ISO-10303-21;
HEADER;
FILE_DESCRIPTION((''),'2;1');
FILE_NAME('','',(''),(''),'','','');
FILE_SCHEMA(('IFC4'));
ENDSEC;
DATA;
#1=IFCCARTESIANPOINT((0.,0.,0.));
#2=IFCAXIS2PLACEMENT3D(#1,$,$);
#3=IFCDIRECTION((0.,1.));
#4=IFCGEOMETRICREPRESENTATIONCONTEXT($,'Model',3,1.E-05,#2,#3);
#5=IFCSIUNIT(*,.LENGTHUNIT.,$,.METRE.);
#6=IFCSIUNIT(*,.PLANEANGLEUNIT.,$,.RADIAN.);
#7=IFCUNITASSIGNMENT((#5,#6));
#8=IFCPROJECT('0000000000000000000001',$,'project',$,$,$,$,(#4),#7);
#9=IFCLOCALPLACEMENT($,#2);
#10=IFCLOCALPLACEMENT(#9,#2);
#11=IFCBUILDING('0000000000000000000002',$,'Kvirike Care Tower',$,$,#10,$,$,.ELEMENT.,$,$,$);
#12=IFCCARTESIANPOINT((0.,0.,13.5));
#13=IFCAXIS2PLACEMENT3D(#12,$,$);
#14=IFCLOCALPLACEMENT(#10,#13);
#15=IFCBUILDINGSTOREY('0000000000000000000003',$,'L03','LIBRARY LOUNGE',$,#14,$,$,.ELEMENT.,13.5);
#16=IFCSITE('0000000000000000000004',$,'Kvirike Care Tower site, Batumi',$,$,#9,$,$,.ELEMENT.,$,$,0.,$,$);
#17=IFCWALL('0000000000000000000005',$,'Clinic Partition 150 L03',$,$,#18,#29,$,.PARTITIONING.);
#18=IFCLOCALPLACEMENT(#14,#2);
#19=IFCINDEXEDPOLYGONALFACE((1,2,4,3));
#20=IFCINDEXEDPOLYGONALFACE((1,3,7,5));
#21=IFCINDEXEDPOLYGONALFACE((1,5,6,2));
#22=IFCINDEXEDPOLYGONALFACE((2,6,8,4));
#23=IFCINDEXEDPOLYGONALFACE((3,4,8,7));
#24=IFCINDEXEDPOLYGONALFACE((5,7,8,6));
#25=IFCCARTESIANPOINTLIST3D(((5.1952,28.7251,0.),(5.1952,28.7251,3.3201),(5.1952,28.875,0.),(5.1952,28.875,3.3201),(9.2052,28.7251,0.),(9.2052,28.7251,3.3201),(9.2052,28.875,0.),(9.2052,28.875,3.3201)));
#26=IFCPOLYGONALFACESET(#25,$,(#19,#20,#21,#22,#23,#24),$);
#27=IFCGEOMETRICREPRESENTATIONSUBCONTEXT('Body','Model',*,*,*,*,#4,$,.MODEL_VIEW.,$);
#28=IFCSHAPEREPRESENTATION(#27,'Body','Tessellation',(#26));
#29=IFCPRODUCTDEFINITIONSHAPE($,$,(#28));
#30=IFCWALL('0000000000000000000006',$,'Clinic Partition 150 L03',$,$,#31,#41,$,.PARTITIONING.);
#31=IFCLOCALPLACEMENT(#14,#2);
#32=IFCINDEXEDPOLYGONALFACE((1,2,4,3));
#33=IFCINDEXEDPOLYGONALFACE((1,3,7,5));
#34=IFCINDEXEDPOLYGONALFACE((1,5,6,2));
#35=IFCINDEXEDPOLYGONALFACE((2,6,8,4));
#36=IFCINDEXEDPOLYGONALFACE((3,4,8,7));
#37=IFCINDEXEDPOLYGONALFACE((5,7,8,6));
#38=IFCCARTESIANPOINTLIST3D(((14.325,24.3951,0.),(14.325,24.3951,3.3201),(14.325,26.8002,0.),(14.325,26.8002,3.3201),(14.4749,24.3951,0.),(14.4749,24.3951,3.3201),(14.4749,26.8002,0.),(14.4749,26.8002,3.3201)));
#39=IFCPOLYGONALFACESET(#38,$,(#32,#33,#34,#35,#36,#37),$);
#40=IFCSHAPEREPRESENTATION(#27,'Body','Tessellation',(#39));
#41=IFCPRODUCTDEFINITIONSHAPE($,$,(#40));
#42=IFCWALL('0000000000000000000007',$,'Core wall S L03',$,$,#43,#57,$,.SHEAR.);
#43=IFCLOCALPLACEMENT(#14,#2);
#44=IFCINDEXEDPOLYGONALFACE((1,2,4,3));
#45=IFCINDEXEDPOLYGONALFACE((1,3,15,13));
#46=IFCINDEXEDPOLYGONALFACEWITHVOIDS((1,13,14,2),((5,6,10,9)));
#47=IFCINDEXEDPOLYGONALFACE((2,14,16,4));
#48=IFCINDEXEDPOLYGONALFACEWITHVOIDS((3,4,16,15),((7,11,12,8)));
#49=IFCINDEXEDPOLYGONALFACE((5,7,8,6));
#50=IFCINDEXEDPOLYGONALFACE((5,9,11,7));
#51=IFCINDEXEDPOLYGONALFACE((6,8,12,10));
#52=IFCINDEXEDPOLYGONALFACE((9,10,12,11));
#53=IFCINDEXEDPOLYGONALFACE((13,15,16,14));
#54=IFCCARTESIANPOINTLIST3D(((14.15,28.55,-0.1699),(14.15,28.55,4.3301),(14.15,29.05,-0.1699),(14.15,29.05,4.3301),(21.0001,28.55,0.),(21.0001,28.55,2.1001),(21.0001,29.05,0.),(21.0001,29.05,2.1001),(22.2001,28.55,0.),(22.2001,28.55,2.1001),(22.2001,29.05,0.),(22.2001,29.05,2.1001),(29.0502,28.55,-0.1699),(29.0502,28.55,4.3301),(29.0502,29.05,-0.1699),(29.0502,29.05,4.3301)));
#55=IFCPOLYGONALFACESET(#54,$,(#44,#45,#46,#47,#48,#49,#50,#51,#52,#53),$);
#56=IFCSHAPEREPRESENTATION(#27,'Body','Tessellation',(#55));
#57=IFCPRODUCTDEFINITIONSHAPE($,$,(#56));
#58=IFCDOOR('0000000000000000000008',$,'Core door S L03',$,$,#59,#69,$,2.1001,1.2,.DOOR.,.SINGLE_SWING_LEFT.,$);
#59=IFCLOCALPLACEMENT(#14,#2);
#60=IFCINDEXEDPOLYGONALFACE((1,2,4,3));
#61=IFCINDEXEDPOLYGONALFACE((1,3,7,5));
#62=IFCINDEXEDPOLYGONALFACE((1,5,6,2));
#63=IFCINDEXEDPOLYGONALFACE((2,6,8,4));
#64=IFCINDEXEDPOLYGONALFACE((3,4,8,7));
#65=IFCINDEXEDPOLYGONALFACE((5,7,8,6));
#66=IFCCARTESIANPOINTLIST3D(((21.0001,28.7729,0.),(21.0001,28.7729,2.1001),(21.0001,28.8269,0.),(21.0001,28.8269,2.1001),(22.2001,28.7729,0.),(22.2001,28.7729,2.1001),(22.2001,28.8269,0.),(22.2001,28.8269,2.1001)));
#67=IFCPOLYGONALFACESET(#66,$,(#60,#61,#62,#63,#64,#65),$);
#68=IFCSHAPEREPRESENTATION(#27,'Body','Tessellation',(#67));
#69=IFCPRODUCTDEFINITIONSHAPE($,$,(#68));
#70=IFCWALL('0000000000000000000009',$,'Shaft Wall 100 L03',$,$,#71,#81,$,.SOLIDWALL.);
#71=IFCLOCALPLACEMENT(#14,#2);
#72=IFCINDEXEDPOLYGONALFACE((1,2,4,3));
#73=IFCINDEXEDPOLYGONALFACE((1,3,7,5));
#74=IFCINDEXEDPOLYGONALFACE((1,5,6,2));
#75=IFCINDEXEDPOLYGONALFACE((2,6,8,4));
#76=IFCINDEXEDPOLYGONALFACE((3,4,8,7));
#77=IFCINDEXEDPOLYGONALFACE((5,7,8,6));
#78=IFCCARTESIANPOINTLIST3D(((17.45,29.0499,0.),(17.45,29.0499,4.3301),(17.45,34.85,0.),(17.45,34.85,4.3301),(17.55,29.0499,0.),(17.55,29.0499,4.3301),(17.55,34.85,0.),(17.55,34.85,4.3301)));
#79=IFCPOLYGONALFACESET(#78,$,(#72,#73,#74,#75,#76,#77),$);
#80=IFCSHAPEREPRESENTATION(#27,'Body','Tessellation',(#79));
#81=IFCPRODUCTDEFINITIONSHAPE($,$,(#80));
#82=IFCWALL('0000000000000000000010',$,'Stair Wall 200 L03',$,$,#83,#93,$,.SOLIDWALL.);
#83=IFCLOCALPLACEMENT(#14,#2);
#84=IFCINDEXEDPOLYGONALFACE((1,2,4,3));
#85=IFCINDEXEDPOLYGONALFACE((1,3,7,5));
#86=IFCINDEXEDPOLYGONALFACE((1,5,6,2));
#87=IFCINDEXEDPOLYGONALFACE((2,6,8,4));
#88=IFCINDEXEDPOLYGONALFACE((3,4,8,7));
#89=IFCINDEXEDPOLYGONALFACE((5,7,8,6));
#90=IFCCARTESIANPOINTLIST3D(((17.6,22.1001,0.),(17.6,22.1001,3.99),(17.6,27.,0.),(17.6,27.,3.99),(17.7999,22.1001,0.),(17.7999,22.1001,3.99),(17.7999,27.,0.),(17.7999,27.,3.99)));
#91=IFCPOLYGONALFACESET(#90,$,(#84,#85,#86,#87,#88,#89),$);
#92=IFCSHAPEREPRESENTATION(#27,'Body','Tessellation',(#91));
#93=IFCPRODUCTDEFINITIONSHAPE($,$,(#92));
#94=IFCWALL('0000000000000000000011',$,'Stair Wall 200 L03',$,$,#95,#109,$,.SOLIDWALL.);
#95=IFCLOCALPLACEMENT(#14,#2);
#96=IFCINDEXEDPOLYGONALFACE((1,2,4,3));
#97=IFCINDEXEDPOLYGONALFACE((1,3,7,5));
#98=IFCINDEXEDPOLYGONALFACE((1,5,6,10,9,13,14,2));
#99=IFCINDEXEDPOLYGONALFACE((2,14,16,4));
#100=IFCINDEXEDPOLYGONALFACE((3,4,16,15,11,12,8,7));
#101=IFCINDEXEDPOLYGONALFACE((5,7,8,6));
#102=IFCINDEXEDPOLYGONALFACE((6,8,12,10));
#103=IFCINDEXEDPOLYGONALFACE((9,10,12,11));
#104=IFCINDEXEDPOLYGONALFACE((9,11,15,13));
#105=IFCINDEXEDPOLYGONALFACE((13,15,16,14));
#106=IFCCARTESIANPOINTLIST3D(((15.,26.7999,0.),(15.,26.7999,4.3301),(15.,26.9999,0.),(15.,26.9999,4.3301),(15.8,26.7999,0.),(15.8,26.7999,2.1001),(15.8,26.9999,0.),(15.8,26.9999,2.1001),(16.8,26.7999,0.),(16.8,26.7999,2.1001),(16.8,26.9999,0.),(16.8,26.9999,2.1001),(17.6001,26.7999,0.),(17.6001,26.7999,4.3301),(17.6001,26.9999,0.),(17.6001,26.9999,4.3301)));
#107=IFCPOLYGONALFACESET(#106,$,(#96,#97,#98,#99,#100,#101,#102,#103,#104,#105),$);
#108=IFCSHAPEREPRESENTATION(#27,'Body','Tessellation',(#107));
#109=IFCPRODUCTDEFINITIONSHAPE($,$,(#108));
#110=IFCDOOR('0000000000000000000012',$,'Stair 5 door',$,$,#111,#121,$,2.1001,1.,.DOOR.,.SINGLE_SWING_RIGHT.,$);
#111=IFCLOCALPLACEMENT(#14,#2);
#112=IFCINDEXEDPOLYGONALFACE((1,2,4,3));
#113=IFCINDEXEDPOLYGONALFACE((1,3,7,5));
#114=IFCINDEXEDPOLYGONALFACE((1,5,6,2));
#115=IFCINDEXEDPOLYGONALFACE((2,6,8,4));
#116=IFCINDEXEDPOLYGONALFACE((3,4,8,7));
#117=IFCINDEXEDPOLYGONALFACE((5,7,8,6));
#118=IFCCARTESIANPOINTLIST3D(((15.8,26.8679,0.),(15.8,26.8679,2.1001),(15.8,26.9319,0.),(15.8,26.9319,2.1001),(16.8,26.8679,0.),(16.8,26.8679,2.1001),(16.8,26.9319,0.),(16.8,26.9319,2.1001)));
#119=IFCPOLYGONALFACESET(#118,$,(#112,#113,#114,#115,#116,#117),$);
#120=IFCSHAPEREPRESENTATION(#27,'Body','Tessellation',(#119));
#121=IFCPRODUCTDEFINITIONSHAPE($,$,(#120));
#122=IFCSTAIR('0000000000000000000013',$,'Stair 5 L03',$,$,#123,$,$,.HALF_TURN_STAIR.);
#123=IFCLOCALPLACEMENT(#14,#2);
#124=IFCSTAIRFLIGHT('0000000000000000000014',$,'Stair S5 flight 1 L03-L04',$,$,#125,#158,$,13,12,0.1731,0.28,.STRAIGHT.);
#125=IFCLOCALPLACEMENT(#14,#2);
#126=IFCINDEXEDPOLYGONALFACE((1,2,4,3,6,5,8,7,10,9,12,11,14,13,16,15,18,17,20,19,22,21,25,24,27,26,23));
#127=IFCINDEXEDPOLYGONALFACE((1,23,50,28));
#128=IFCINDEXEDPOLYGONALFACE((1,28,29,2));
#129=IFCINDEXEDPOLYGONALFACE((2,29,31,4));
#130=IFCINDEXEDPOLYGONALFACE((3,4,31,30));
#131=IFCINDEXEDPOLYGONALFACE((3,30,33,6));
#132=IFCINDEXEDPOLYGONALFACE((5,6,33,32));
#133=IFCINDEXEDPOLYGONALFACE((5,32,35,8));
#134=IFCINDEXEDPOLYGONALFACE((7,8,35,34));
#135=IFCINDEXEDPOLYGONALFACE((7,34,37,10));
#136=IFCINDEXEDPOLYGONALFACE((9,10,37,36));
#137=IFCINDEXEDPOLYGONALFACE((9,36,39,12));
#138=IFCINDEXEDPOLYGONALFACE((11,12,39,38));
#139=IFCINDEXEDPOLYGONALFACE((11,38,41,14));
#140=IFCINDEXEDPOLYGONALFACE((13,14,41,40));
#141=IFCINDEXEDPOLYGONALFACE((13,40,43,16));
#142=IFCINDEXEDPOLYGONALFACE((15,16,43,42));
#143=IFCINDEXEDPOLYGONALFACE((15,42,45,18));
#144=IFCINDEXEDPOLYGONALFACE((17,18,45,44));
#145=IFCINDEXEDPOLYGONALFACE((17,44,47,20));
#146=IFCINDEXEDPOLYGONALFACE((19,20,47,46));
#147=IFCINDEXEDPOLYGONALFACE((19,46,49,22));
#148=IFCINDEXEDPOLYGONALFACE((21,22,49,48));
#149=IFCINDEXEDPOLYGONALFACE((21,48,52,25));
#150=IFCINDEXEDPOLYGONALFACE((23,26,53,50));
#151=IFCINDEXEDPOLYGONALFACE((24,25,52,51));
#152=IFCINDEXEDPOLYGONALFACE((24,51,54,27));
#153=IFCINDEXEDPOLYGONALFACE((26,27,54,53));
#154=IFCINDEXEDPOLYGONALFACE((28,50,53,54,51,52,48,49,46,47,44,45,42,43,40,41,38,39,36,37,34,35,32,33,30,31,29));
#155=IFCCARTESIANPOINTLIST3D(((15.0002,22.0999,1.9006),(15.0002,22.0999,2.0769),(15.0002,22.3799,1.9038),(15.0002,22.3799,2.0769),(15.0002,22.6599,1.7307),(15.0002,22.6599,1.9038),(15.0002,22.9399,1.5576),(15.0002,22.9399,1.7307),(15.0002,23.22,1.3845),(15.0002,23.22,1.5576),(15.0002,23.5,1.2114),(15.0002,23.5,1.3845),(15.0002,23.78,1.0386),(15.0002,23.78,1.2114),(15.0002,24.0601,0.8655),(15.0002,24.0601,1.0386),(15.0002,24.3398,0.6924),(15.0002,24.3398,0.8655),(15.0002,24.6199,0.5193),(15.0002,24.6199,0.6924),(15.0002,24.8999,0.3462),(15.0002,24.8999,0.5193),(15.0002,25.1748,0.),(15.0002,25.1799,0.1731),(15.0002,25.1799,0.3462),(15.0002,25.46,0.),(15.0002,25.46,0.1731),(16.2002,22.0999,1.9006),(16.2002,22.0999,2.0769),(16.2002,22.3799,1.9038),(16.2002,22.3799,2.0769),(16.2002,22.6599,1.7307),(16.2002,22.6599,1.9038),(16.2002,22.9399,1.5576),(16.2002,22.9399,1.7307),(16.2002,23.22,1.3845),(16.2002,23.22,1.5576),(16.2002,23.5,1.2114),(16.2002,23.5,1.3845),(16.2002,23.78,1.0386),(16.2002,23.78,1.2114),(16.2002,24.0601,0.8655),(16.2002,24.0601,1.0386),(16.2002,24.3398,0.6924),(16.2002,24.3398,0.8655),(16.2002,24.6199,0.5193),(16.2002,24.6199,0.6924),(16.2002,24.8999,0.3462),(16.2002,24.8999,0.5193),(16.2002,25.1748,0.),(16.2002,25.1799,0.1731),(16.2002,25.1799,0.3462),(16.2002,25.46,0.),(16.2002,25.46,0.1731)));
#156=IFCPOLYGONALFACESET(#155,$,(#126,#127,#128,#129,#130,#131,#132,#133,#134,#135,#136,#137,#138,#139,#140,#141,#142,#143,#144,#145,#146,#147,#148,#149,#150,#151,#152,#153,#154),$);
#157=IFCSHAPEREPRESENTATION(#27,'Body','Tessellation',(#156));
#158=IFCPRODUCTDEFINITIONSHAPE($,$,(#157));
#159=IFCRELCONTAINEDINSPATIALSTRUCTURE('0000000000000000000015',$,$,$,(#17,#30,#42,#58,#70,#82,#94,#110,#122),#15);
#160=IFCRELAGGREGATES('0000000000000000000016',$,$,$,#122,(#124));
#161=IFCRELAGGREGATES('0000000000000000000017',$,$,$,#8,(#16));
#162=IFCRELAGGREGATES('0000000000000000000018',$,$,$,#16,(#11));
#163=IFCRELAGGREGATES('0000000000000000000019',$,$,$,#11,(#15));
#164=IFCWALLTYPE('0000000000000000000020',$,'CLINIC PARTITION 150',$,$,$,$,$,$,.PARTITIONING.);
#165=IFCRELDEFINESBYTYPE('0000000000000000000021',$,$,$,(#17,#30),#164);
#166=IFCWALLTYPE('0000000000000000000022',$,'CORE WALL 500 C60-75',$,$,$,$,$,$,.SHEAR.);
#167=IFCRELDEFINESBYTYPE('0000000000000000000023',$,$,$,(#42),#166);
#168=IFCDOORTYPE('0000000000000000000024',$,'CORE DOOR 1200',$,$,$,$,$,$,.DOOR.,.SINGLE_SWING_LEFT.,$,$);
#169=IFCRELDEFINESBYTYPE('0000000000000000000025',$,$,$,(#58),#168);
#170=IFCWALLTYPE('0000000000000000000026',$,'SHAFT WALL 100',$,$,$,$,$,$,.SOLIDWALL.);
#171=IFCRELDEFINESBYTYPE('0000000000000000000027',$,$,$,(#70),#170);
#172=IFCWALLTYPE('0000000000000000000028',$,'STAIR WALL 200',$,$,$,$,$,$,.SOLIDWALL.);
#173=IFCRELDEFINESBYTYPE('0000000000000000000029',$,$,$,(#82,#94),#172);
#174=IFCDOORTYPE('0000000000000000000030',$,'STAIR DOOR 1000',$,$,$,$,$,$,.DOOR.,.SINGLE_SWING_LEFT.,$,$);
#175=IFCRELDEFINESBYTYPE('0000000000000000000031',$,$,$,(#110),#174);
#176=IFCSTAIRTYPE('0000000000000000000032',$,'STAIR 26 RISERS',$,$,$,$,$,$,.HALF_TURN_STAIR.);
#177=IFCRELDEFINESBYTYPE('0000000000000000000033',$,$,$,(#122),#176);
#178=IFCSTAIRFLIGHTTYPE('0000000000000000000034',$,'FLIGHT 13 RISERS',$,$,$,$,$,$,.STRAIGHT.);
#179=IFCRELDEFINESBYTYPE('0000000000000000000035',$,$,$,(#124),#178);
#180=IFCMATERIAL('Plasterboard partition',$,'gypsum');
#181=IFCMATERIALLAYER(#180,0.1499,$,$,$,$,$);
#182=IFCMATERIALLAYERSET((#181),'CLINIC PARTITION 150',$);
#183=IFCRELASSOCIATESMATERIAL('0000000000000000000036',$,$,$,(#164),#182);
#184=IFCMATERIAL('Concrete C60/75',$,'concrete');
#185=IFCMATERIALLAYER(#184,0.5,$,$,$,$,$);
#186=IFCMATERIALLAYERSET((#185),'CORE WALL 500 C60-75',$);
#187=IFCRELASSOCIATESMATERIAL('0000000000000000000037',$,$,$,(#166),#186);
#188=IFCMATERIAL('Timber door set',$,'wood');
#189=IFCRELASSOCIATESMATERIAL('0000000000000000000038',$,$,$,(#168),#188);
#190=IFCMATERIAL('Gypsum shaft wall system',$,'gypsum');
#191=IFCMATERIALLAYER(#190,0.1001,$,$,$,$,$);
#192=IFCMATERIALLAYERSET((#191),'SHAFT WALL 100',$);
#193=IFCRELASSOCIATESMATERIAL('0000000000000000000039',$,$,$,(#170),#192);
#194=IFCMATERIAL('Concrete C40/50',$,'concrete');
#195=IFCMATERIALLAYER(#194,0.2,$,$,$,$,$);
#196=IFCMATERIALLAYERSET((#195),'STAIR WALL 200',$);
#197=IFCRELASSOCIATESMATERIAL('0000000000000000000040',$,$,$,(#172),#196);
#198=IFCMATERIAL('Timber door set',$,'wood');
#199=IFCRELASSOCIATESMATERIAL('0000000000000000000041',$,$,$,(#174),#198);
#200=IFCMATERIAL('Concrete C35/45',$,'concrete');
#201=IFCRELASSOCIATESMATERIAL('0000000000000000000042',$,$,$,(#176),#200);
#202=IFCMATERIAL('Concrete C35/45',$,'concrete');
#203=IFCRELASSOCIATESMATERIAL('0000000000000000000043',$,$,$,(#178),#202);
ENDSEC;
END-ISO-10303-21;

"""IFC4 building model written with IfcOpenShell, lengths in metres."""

from ifc_helpers import new_model, si_unit, direction, frame, frame_2d, origin, place, context, subcontext, project, spatial, polyline, rectangle, outline, extrude, material, layer, layer_set, type_object, element, fill, aggregate, save


model = new_model("IFC4")

# Units and contexts
model_context = context("Model", 3, precision=1e-05, world=origin(), true_north=direction((0.0, 1.0)))
body_context = subcontext(model_context, "Body", "Model", "MODEL_VIEW")
ifc_project = project(units=[si_unit("LENGTHUNIT", "METRE"), si_unit("PLANEANGLEUNIT", "RADIAN")], contexts=[model_context])

# Site, building, storey
site_placement = place(None, origin())
site = spatial("IfcSite", under=ifc_project, at=site_placement, Name="Kvirike Care Tower site, Batumi", CompositionType="ELEMENT", RefElevation=0.0)
building_placement = place(site_placement, origin())
building = spatial("IfcBuilding", under=site, at=building_placement, Name="Kvirike Care Tower", CompositionType="ELEMENT")
storey_placement = place(building_placement, frame((0.0, 0.0, 13.5)))
storey = spatial("IfcBuildingStorey", under=building, at=storey_placement, Name="L03", Description="LIBRARY LOUNGE", CompositionType="ELEMENT", Elevation=13.5)

# Walls
ifc_material_1 = material(Name="Plasterboard partition", Category="gypsum")
ifc_layer_1 = layer(ifc_material_1, 0.1499)
ifc_layer_set_1 = layer_set([ifc_layer_1], Name="CLINIC PARTITION 150")
wall_type_1 = type_object("IfcWallType", Name="CLINIC PARTITION 150", PredefinedType="PARTITIONING", material=ifc_layer_set_1)
wall_1_placement = place(storey_placement, frame((9.2051, 28.8, 0.0), z_axis=(0.0, 0.0, 1.0), x_axis=(-1.0, 0.0, 0.0)))
element("IfcWall", 1, at=wall_1_placement, inside=storey, type_object=wall_type_1, Name="Clinic Partition 150 L03", PredefinedType="PARTITIONING", context=body_context, shape_type="SweptSolid", body=[
    extrude(rectangle(XDim=4.01, YDim=0.1499, at=frame_2d((2.0049, 0.0))), origin(), (0.0, 0.0, 1.0), 3.3201),
])
wall_2_placement = place(storey_placement, frame((14.3999, 24.395, 0.0), z_axis=(0.0, 0.0, 1.0), x_axis=(0.0, 1.0, 0.0)))
element("IfcWall", 2, at=wall_2_placement, inside=storey, type_object=wall_type_1, Name="Clinic Partition 150 L03", PredefinedType="PARTITIONING", context=body_context, shape_type="SweptSolid", body=[
    extrude(rectangle(XDim=2.405, YDim=0.1499, at=frame_2d((1.2026, 0.0))), origin(), (0.0, 0.0, 1.0), 3.3201),
])

# Wall, opening, door
ifc_material_2 = material(Name="Concrete C60/75", Category="concrete")
ifc_layer_2 = layer(ifc_material_2, 0.5)
ifc_layer_set_2 = layer_set([ifc_layer_2], Name="CORE WALL 500 C60-75")
wall_type_2 = type_object("IfcWallType", Name="CORE WALL 500 C60-75", PredefinedType="SHEAR", material=ifc_layer_set_2)
wall_3_placement = place(storey_placement, frame((14.1499, 28.8, -0.1699), z_axis=(0.0, 0.0, 1.0), x_axis=(1.0, 0.0, 0.0)))
wall_3 = element("IfcWall", 3, at=wall_3_placement, inside=storey, type_object=wall_type_2, Name="Core wall S L03", PredefinedType="SHEAR", context=body_context, shape_type="SweptSolid", body=[
    extrude(rectangle(XDim=14.9001, YDim=0.5, at=frame_2d((7.4502, 0.0))), origin(), (0.0, 0.0, 1.0), 4.5),
])
opening_1_placement = place(wall_3_placement, frame((6.8501, 0.0, 0.1699)))
opening_1 = element("IfcOpeningElement", 4, at=opening_1_placement, cuts=wall_3, PredefinedType="OPENING", context=body_context, shape_type="SweptSolid", body=[
    extrude(rectangle(XDim=1.2, YDim=2.1001, at=frame_2d((0.6001, 1.05))), frame((0.0, 0.2605, 0.0), z_axis=(0.0, -1.0, 0.0), x_axis=(1.0, 0.0, 0.0)), (0.0, 0.0, 1.0), 0.521),
])
ifc_material_3 = material(Name="Timber door set", Category="wood")
door_type_1 = type_object("IfcDoorType", Name="CORE DOOR 1200", OperationType="SINGLE_SWING_LEFT", PredefinedType="DOOR", material=ifc_material_3)
door_1_placement = place(opening_1_placement, origin())
door_1 = element("IfcDoor", 5, at=door_1_placement, inside=storey, type_object=door_type_1, Name="Core door S L03", OperationType="SINGLE_SWING_LEFT", OverallHeight=2.1001, OverallWidth=1.2, PredefinedType="DOOR", context=body_context, shape_type="SweptSolid", body=[
    extrude(rectangle(XDim=1.2, YDim=2.1001, at=frame_2d((0.6001, 1.05))), frame((0.0, 0.0269, 0.0), z_axis=(0.0, -1.0, 0.0), x_axis=(1.0, 0.0, 0.0)), (0.0, 0.0, 1.0), 0.054),
])
fill(opening_1, door_1)

# Walls
ifc_material_4 = material(Name="Gypsum shaft wall system", Category="gypsum")
ifc_layer_3 = layer(ifc_material_4, 0.1001)
ifc_layer_set_3 = layer_set([ifc_layer_3], Name="SHAFT WALL 100")
wall_type_3 = type_object("IfcWallType", Name="SHAFT WALL 100", PredefinedType="SOLIDWALL", material=ifc_layer_set_3)
wall_4_placement = place(storey_placement, frame((17.5, 29.05, 0.0), z_axis=(0.0, 0.0, 1.0), x_axis=(0.0, 1.0, 0.0)))
element("IfcWall", 6, at=wall_4_placement, inside=storey, type_object=wall_type_3, Name="Shaft Wall 100 L03", PredefinedType="SOLIDWALL", context=body_context, shape_type="SweptSolid", body=[
    extrude(rectangle(XDim=5.8, YDim=0.1001, at=frame_2d((2.8999, 0.0))), origin(), (0.0, 0.0, 1.0), 4.3301),
])
ifc_material_5 = material(Name="Concrete C40/50", Category="concrete")
ifc_layer_4 = layer(ifc_material_5, 0.2)
ifc_layer_set_4 = layer_set([ifc_layer_4], Name="STAIR WALL 200")
wall_type_4 = type_object("IfcWallType", Name="STAIR WALL 200", PredefinedType="SOLIDWALL", material=ifc_layer_set_4)
wall_5_placement = place(storey_placement, frame((17.7, 22.1001, 0.0), z_axis=(0.0, 0.0, 1.0), x_axis=(0.0, 1.0, 0.0)))
element("IfcWall", 7, at=wall_5_placement, inside=storey, type_object=wall_type_4, Name="Stair Wall 200 L03", PredefinedType="SOLIDWALL", context=body_context, shape_type="SweptSolid", body=[
    extrude(rectangle(XDim=4.8999, YDim=0.2, at=frame_2d((2.45, 0.0))), origin(), (0.0, 0.0, 1.0), 3.99),
])

# Wall, opening, door
wall_6_placement = place(storey_placement, frame((15.0, 26.8999, 0.0), z_axis=(0.0, 0.0, 1.0), x_axis=(1.0, 0.0, 0.0)))
wall_6 = element("IfcWall", 8, at=wall_6_placement, inside=storey, type_object=wall_type_4, Name="Stair Wall 200 L03", PredefinedType="SOLIDWALL", context=body_context, shape_type="SweptSolid", body=[
    extrude(rectangle(XDim=2.6001, YDim=0.2, at=frame_2d((1.3, 0.0))), origin(), (0.0, 0.0, 1.0), 4.3301),
])
opening_2_placement = place(wall_6_placement, frame((0.8, 0.0, 0.0)))
opening_2 = element("IfcOpeningElement", 9, at=opening_2_placement, cuts=wall_6, PredefinedType="OPENING", context=body_context, shape_type="SweptSolid", body=[
    extrude(rectangle(XDim=1.0, YDim=2.1001, at=frame_2d((0.5, 1.05))), frame((0.0, 0.1106, 0.0), z_axis=(0.0, -1.0, 0.0), x_axis=(1.0, 0.0, 0.0)), (0.0, 0.0, 1.0), 0.2209),
])
ifc_material_6 = material(Name="Timber door set", Category="wood")
door_type_2 = type_object("IfcDoorType", Name="STAIR DOOR 1000", OperationType="SINGLE_SWING_LEFT", PredefinedType="DOOR", material=ifc_material_6)
door_2_placement = place(opening_2_placement, frame((1.0, 0.0, 0.0), z_axis=(0.0, 0.0, 1.0), x_axis=(-1.0, 0.0, 0.0)))
door_2 = element("IfcDoor", 10, at=door_2_placement, inside=storey, type_object=door_type_2, Name="Stair 5 door", OperationType="SINGLE_SWING_RIGHT", OverallHeight=2.1001, OverallWidth=1.0, PredefinedType="DOOR", context=body_context, shape_type="SweptSolid", body=[
    extrude(rectangle(XDim=1.0, YDim=2.1001, at=frame_2d((0.5, 1.05))), frame((0.0, 0.032, 0.0), z_axis=(0.0, -1.0, 0.0), x_axis=(1.0, 0.0, 0.0)), (0.0, 0.0, 1.0), 0.064),
])
fill(opening_2, door_2)

# Stair, stair flight
ifc_material_7 = material(Name="Concrete C35/45", Category="concrete")
stair_type = type_object("IfcStairType", Name="STAIR 26 RISERS", PredefinedType="HALF_TURN_STAIR", material=ifc_material_7)
stair_placement = place(storey_placement, origin())
stair = element("IfcStair", 11, at=stair_placement, inside=storey, type_object=stair_type, Name="Stair 5 L03", PredefinedType="HALF_TURN_STAIR")
ifc_material_8 = material(Name="Concrete C35/45", Category="concrete")
stair_flight_type = type_object("IfcStairFlightType", Name="FLIGHT 13 RISERS", PredefinedType="STRAIGHT", material=ifc_material_8)
stair_flight_1_placement = place(storey_placement, frame((15.6001, 25.46, 0.0), z_axis=(0.0, 0.0, 1.0), x_axis=(0.0, -1.0, 0.0)))
stair_flight_1 = element("IfcStairFlight", 12, at=stair_flight_1_placement, type_object=stair_flight_type, Name="Stair S5 flight 1 L03-L04", NumberOfRisers=13, NumberOfTreads=12, PredefinedType="STRAIGHT", RiserHeight=0.1731, TreadLength=0.28, context=body_context, shape_type="SweptSolid", body=[
    extrude(outline(polyline([(0.0, 0.0), (0.0, 0.1731), (0.28, 0.1731), (0.28, 0.3462), (0.5601, 0.3462), (0.5601, 0.5193), (0.8401, 0.5193), (0.8401, 0.6924), (1.1201, 0.6924), (1.1201, 0.8655), (1.3999, 0.8655), (1.3999, 1.0386), (1.6799, 1.0386), (1.6799, 1.2114), (1.96, 1.2114), (1.96, 1.3845), (2.24, 1.3845), (2.24, 1.5576), (2.52, 1.5576), (2.52, 1.7307), (2.8, 1.7307), (2.8, 1.9038), (3.0801, 1.9038), (3.0801, 2.0769), (3.3601, 2.0769), (3.3601, 2.25), (3.3601, 1.9006), (0.2852, 0.0), (0.0, 0.0)])), frame((0.0, 0.6001, 0.0), z_axis=(0.0, -1.0, 0.0), x_axis=(1.0, 0.0, 0.0)), (0.0, 0.0, 1.0), 1.2),
])
aggregate(stair, [stair_flight_1])

save(model, "model.ifc")
